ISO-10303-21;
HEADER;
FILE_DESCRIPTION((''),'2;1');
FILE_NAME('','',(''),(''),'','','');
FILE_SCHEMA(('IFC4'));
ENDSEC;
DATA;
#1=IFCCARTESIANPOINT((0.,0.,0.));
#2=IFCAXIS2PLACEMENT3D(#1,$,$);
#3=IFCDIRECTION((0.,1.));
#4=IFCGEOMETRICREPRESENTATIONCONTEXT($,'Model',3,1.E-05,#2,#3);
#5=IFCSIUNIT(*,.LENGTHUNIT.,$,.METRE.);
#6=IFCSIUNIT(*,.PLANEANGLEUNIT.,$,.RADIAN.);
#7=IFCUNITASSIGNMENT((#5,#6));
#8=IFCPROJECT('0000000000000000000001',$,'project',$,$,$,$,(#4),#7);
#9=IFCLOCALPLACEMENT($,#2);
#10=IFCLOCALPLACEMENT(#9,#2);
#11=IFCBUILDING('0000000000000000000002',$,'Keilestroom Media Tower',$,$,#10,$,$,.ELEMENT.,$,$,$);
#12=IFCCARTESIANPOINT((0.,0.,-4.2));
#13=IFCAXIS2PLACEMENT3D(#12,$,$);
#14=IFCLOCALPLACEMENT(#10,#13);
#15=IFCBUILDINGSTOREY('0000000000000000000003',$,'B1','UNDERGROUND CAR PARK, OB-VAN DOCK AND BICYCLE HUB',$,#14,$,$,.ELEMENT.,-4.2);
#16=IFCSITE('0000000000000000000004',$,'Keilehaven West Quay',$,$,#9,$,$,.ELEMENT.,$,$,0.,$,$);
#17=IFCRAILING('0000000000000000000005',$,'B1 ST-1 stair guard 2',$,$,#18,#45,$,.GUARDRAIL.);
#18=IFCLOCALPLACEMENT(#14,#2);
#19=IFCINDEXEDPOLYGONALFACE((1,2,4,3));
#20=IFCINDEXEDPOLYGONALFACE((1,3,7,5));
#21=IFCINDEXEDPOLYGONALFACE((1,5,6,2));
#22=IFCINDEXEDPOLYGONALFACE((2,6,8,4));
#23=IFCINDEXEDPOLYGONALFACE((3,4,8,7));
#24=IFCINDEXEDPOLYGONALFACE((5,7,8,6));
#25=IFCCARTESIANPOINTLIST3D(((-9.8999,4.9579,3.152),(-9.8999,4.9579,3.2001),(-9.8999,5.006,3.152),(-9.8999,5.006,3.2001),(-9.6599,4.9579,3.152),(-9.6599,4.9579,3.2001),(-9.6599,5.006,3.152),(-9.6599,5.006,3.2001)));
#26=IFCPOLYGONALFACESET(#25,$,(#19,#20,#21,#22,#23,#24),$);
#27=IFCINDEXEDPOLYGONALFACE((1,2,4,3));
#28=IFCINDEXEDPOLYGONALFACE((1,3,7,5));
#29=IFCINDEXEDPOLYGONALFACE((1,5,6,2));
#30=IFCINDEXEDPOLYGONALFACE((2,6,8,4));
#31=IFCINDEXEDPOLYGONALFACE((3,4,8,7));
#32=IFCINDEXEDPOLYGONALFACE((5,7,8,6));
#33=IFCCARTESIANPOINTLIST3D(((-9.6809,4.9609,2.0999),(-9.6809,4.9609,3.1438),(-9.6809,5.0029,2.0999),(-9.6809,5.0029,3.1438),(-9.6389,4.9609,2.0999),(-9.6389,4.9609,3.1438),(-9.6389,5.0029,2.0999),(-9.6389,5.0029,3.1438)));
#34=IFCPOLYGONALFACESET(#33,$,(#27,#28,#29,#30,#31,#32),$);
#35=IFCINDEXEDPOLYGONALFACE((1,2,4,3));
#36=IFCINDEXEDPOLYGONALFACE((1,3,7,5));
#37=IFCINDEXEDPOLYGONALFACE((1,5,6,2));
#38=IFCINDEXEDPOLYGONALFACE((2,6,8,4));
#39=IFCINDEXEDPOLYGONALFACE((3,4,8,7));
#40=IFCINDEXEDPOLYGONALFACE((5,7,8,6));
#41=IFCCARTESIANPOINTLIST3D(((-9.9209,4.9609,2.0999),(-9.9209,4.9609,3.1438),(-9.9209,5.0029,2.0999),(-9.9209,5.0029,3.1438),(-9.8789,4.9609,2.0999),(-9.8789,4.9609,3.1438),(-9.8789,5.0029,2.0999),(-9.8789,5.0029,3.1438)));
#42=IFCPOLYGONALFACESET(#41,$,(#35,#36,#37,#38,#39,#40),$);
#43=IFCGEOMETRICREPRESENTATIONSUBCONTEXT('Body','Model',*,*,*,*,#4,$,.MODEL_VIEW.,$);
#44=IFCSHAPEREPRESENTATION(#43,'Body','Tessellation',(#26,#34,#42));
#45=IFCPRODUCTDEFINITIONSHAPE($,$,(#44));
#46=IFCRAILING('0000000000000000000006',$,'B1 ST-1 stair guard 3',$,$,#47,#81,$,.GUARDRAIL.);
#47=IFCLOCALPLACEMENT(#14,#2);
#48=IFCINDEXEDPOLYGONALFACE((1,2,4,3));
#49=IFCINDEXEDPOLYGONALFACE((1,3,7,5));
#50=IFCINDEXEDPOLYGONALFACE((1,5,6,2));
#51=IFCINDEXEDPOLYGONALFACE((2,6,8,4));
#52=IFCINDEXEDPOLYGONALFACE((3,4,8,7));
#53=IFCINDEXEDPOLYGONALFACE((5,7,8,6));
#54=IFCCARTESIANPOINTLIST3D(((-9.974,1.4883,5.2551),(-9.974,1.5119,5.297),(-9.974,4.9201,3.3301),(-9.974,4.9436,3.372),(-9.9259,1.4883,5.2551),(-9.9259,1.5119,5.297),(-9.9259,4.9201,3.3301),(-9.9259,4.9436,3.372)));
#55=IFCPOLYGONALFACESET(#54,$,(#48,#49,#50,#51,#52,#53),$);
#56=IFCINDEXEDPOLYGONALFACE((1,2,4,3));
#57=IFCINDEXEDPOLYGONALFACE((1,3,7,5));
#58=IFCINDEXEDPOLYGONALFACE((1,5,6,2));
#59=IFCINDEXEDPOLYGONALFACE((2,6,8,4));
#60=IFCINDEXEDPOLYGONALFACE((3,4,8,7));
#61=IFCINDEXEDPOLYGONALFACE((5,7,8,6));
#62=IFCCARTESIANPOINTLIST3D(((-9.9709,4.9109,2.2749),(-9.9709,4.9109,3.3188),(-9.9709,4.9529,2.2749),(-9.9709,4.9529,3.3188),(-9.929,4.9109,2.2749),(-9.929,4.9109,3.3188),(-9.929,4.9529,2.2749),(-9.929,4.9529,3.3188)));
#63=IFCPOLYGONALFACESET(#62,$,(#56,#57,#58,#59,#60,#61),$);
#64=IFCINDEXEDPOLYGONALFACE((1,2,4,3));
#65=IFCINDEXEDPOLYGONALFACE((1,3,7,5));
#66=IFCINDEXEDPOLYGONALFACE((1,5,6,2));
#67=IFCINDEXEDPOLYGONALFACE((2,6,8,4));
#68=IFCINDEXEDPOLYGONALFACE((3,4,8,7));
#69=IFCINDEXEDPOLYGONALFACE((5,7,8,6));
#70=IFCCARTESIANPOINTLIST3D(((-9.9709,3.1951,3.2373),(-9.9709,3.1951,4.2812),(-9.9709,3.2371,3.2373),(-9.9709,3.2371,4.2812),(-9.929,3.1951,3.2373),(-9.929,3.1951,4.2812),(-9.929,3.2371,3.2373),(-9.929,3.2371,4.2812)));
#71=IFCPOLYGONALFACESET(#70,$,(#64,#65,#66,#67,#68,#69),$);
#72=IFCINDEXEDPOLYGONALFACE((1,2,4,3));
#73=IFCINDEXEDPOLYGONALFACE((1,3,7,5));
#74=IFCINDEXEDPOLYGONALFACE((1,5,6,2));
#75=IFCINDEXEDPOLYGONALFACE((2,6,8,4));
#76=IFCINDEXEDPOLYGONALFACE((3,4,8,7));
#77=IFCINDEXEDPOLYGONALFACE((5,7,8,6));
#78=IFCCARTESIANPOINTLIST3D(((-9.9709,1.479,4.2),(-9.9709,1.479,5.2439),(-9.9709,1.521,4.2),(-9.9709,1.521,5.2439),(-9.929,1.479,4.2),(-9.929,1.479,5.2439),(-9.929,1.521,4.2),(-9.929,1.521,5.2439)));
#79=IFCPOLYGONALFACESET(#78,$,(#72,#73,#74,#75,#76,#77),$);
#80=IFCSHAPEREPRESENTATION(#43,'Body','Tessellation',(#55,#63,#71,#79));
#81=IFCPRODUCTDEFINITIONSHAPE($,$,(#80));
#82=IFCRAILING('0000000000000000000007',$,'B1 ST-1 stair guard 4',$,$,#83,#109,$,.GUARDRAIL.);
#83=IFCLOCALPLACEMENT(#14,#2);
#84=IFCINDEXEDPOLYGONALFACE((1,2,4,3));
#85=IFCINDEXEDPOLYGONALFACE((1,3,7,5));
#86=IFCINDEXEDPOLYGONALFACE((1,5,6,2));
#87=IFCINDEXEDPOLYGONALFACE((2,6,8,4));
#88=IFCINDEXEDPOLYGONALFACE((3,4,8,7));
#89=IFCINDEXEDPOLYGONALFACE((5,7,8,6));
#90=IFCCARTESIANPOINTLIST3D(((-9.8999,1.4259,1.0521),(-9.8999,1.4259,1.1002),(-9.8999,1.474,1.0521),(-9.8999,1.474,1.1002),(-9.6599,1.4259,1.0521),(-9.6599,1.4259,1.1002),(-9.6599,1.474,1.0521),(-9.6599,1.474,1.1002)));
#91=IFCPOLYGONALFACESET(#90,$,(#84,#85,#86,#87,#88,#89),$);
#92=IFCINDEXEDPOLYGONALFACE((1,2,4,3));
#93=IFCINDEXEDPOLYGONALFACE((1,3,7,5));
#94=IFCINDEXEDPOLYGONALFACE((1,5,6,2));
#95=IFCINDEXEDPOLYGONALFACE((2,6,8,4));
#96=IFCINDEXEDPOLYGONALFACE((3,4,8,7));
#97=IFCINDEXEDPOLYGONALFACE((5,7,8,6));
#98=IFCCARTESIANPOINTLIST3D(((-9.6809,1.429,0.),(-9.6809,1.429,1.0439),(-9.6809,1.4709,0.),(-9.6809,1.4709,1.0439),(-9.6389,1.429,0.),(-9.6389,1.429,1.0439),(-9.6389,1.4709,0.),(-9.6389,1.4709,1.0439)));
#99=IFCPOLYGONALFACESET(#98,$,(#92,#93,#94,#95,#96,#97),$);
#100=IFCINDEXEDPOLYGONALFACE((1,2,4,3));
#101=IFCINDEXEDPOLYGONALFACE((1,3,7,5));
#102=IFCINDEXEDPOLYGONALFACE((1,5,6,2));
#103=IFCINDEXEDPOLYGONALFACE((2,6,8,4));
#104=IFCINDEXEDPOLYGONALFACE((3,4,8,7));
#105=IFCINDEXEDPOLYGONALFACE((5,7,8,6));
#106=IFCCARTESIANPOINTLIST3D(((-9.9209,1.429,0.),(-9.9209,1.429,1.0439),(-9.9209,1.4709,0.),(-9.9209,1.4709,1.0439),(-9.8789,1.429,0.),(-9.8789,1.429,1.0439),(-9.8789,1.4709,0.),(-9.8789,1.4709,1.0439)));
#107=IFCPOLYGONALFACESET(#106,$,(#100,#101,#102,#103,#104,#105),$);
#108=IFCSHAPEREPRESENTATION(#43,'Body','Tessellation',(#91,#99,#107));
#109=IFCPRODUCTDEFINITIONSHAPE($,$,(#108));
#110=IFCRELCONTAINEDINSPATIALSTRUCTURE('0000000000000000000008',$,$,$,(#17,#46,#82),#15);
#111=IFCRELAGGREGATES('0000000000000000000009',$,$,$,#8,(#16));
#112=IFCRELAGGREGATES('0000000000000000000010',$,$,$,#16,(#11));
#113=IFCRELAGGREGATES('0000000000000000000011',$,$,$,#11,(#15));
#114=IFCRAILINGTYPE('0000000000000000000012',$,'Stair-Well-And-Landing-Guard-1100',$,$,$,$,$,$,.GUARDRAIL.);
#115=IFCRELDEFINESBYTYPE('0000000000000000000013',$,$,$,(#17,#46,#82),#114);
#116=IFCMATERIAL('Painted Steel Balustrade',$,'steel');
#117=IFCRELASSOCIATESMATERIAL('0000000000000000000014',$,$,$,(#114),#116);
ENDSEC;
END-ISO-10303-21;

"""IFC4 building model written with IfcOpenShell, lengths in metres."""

from ifc_helpers import new_model, si_unit, direction, frame, origin, origin_2d, place, context, subcontext, project, spatial, rectangle, extrude, material, type_object, element, save


model = new_model("IFC4")

# Units and contexts
model_context = context("Model", 3, precision=1e-05, world=origin(), true_north=direction((0.0, 1.0)))
body_context = subcontext(model_context, "Body", "Model", "MODEL_VIEW")
ifc_project = project(units=[si_unit("LENGTHUNIT", "METRE"), si_unit("PLANEANGLEUNIT", "RADIAN")], contexts=[model_context])

# Site, building, storey
site_placement = place(None, origin())
site = spatial("IfcSite", under=ifc_project, at=site_placement, Name="Keilehaven West Quay", CompositionType="ELEMENT", RefElevation=0.0)
building_placement = place(site_placement, origin())
building = spatial("IfcBuilding", under=site, at=building_placement, Name="Keilestroom Media Tower", CompositionType="ELEMENT")
storey_placement = place(building_placement, frame((0.0, 0.0, -4.2)))
storey = spatial("IfcBuildingStorey", under=building, at=storey_placement, Name="B1", Description="UNDERGROUND CAR PARK, OB-VAN DOCK AND BICYCLE HUB", CompositionType="ELEMENT", Elevation=-4.2)

# Railings
ifc_material_1 = material(Name="Painted Steel Balustrade", Category="steel")
railing_type_1 = type_object("IfcRailingType", Name="Stair-Well-And-Landing-Guard-1100", PredefinedType="GUARDRAIL", material=ifc_material_1)
railing_1_placement = place(storey_placement, frame((-9.6599, 4.9819, 2.0999)))
element("IfcRailing", 1, at=railing_1_placement, inside=storey, type_object=railing_type_1, Name="B1 ST-1 stair guard 2", PredefinedType="GUARDRAIL", context=body_context, shape_type="SweptSolid", body=[
    extrude(rectangle(XDim=0.0481, YDim=0.0481, at=origin_2d()), frame((0.0, 0.0, 1.0762), z_axis=(-1.0, 0.0, 0.0), x_axis=(0.0, -1.0, 0.0)), (0.0, 0.0, 1.0), 0.24),
    extrude(rectangle(XDim=0.042, YDim=0.042, at=origin_2d()), origin(), (0.0, 0.0, 1.0), 1.0439),
    extrude(rectangle(XDim=0.042, YDim=0.042, at=origin_2d()), frame((-0.24, 0.0, 0.0)), (0.0, 0.0, 1.0), 1.0439),
])
railing_2_placement = place(storey_placement, frame((-9.95, 4.9319, 2.2749)))
element("IfcRailing", 2, at=railing_2_placement, inside=storey, type_object=railing_type_1, Name="B1 ST-1 stair guard 3", PredefinedType="GUARDRAIL", context=body_context, shape_type="SweptSolid", body=[
    extrude(rectangle(XDim=0.0481, YDim=0.0481, at=origin_2d()), frame((0.0, 0.0, 1.0762), z_axis=(0.0, -0.87216, 0.489221), x_axis=(1.0, 0.0, 0.0)), (0.0, 0.0, 1.0), 3.9348),
    extrude(rectangle(XDim=0.042, YDim=0.042, at=origin_2d()), origin(), (0.0, 0.0, 1.0), 1.0439),
    extrude(rectangle(XDim=0.042, YDim=0.042, at=origin_2d()), frame((0.0, -1.7158, 0.9624)), (0.0, 0.0, 1.0), 1.0439),
    extrude(rectangle(XDim=0.042, YDim=0.042, at=origin_2d()), frame((0.0, -3.4319, 1.925)), (0.0, 0.0, 1.0), 1.0439),
])
railing_3_placement = place(storey_placement, frame((-9.6599, 1.45, 0.0)))
element("IfcRailing", 3, at=railing_3_placement, inside=storey, type_object=railing_type_1, Name="B1 ST-1 stair guard 4", PredefinedType="GUARDRAIL", context=body_context, shape_type="SweptSolid", body=[
    extrude(rectangle(XDim=0.0481, YDim=0.0481, at=origin_2d()), frame((0.0, 0.0, 1.0762), z_axis=(-1.0, 0.0, 0.0), x_axis=(0.0, -1.0, 0.0)), (0.0, 0.0, 1.0), 0.24),
    extrude(rectangle(XDim=0.042, YDim=0.042, at=origin_2d()), origin(), (0.0, 0.0, 1.0), 1.0439),
    extrude(rectangle(XDim=0.042, YDim=0.042, at=origin_2d()), frame((-0.24, 0.0, 0.0)), (0.0, 0.0, 1.0), 1.0439),
])

save(model, "model.ifc")
